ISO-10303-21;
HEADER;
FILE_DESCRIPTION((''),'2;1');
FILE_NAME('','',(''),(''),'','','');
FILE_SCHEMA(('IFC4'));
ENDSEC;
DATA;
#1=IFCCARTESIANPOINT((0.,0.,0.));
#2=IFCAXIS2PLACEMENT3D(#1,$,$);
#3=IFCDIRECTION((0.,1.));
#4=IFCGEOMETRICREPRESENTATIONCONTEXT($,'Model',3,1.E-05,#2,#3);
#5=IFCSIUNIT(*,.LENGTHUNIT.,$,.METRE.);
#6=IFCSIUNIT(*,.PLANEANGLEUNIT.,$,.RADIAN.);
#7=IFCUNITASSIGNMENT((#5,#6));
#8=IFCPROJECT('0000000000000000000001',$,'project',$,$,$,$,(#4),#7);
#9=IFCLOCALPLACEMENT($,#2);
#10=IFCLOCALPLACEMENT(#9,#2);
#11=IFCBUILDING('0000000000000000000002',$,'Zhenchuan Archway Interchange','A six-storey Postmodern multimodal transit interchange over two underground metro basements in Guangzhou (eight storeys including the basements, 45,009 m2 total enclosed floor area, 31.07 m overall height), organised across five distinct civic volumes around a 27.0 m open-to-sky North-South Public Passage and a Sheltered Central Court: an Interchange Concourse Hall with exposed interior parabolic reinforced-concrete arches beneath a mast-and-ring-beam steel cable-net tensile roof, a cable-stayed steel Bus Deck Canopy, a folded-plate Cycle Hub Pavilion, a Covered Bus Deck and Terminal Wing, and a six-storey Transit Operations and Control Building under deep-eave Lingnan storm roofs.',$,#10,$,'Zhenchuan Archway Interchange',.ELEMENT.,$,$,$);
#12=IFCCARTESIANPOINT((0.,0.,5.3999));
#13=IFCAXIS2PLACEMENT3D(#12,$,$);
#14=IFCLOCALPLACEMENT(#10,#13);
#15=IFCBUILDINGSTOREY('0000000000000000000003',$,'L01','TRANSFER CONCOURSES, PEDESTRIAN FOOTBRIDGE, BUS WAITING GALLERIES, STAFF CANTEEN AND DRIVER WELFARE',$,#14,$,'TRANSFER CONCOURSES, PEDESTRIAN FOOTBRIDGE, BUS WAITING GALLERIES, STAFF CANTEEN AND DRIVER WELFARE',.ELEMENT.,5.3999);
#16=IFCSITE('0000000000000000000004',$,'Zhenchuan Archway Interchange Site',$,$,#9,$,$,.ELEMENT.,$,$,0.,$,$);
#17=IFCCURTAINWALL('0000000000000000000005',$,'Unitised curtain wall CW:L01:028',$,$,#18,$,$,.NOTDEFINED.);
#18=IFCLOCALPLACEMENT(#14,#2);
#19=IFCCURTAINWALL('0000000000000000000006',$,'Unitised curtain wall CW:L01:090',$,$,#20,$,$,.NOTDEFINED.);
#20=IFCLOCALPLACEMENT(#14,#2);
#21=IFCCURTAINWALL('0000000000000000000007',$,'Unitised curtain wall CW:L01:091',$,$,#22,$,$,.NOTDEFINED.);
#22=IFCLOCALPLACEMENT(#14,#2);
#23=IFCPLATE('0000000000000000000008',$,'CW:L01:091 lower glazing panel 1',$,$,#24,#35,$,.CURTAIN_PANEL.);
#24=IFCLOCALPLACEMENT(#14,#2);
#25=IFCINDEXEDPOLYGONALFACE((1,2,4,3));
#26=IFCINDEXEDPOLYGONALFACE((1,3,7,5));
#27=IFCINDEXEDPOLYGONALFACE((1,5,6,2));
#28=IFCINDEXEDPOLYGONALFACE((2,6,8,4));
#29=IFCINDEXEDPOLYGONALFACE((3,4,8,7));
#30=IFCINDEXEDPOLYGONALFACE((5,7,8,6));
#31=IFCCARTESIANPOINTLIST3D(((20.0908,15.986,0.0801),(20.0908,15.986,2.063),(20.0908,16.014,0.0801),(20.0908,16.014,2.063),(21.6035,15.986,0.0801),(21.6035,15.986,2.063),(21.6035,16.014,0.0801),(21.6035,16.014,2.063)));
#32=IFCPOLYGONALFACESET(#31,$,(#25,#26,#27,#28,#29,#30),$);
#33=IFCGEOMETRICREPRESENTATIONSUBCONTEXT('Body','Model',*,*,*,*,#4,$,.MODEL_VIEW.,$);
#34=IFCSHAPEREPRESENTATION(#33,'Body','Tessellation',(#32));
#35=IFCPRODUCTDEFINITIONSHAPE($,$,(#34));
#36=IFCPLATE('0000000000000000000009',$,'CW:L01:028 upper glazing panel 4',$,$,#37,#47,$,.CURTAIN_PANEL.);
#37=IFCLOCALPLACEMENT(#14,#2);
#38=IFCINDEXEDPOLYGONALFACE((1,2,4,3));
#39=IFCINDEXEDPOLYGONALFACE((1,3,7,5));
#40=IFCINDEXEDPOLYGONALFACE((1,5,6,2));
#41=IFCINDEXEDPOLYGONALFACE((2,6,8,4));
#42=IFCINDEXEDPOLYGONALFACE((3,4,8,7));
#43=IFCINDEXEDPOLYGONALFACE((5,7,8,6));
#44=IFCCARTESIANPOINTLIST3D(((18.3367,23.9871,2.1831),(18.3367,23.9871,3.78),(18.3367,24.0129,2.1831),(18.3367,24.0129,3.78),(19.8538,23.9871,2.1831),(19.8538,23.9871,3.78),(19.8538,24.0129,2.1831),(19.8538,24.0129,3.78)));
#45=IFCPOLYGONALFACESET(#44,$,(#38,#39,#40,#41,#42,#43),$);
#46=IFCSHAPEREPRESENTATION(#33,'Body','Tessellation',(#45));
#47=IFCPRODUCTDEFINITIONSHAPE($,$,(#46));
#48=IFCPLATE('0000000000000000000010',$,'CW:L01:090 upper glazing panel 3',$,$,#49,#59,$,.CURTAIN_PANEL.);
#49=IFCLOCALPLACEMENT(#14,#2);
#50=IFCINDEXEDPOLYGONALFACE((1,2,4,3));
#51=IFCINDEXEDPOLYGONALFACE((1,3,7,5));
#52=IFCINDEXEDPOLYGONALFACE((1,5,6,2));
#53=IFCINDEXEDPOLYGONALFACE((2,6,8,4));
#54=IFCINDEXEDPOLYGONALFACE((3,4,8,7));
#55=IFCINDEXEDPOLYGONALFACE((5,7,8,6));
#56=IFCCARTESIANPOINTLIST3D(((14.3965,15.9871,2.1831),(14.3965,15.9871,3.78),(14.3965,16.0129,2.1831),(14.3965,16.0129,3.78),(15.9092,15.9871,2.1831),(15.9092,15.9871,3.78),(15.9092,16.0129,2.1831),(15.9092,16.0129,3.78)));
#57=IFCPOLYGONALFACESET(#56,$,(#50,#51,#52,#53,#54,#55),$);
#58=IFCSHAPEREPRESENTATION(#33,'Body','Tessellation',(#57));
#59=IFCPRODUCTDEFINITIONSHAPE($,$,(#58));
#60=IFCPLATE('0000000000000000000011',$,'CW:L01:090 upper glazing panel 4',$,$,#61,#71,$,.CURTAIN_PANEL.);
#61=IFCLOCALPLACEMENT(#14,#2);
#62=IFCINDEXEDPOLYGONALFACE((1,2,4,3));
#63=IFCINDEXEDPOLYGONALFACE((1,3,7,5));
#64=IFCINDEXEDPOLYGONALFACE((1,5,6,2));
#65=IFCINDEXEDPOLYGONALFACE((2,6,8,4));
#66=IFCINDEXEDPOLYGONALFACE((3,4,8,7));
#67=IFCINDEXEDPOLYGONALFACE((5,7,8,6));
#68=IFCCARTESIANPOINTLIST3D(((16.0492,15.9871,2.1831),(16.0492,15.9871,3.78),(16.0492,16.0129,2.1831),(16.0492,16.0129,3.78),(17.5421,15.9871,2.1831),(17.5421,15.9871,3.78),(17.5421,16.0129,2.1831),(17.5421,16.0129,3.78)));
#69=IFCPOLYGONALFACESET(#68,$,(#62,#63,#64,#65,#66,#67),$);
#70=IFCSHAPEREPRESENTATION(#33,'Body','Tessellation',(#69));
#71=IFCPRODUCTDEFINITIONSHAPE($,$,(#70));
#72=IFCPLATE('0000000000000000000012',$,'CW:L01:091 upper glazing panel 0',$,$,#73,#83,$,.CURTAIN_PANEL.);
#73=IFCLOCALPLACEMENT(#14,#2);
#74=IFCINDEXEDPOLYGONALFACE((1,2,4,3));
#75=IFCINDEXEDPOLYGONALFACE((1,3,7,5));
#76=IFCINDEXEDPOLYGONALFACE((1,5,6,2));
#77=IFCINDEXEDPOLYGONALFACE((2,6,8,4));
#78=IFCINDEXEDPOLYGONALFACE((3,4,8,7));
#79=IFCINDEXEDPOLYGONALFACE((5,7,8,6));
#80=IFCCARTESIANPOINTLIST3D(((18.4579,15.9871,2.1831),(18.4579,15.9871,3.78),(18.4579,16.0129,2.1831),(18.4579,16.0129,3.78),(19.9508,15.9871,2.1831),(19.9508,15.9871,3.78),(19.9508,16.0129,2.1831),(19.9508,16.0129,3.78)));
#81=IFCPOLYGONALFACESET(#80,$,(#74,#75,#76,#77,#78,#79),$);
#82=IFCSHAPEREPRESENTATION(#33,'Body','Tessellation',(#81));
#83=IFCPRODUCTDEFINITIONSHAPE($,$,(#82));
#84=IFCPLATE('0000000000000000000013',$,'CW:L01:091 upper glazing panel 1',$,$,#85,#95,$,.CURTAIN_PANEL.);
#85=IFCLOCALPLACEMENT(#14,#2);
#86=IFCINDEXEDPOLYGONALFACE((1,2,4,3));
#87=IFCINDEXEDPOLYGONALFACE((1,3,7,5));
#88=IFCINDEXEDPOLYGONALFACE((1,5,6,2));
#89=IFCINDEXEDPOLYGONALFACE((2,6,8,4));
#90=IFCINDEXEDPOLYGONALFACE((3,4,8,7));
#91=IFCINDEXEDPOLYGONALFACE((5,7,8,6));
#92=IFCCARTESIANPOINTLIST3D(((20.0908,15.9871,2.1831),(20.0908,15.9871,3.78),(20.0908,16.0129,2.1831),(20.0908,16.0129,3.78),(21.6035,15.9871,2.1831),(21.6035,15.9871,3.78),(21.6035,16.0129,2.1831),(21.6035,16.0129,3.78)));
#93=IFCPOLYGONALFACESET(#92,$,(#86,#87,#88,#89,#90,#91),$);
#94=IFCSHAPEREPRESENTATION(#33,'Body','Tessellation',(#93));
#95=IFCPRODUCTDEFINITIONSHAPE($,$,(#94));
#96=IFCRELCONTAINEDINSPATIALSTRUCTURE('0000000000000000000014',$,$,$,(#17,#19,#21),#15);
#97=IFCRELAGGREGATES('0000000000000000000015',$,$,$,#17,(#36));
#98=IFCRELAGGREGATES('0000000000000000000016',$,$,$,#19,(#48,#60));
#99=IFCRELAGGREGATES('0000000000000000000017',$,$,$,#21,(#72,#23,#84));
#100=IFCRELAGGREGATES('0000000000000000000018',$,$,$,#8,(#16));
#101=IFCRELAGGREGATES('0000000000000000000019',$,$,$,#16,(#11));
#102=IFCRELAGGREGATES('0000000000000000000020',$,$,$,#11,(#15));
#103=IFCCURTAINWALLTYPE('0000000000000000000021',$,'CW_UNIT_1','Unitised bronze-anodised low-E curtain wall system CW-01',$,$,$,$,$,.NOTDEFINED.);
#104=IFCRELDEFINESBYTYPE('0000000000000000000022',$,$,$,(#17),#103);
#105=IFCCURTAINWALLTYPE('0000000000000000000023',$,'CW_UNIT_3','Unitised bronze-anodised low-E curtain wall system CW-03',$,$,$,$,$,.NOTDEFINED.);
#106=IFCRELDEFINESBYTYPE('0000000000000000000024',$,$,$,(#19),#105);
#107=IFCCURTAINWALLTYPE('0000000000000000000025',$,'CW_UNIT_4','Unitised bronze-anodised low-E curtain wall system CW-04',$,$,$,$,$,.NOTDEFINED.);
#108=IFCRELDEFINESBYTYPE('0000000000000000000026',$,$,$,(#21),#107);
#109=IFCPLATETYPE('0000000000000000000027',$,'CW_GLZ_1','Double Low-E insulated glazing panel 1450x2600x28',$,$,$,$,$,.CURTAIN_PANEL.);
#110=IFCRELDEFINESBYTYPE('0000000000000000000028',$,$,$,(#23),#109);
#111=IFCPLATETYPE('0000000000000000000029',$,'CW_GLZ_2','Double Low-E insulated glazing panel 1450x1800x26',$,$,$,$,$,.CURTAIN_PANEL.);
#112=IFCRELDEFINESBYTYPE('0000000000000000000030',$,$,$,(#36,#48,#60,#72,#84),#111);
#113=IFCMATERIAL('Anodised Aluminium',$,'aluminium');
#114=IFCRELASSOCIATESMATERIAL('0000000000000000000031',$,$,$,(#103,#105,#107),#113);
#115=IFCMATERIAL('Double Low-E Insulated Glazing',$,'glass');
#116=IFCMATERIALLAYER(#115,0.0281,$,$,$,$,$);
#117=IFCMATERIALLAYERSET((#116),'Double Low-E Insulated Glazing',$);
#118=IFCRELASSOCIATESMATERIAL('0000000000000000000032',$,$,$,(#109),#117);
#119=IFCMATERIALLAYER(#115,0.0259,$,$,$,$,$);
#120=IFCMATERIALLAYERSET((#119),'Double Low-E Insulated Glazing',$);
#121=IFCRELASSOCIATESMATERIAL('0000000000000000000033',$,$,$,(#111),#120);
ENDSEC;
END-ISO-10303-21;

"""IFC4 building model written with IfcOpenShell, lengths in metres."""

from ifc_helpers import new_model, si_unit, direction, frame, origin, origin_2d, place, context, subcontext, project, spatial, rectangle, extrude, material, layer, layer_set, type_object, element, aggregate, save


model = new_model("IFC4")

# Units and contexts
model_context = context("Model", 3, precision=1e-05, world=origin(), true_north=direction((0.0, 1.0)))
body_context = subcontext(model_context, "Body", "Model", "MODEL_VIEW")
ifc_project = project(units=[si_unit("LENGTHUNIT", "METRE"), si_unit("PLANEANGLEUNIT", "RADIAN")], contexts=[model_context])

# Site, building, storey
site_placement = place(None, origin())
site = spatial("IfcSite", under=ifc_project, at=site_placement, Name="Zhenchuan Archway Interchange Site", CompositionType="ELEMENT", RefElevation=0.0)
building_placement = place(site_placement, origin())
building = spatial("IfcBuilding", under=site, at=building_placement, Name="Zhenchuan Archway Interchange", Description="A six-storey Postmodern multimodal transit interchange over two underground metro basements in Guangzhou (eight storeys including the basements, 45,009 m2 total enclosed floor area, 31.07 m overall height), organised across five distinct civic volumes around a 27.0 m open-to-sky North-South Public Passage and a Sheltered Central Court: an Interchange Concourse Hall with exposed interior parabolic reinforced-concrete arches beneath a mast-and-ring-beam steel cable-net tensile roof, a cable-stayed steel Bus Deck Canopy, a folded-plate Cycle Hub Pavilion, a Covered Bus Deck and Terminal Wing, and a six-storey Transit Operations and Control Building under deep-eave Lingnan storm roofs.", LongName="Zhenchuan Archway Interchange", CompositionType="ELEMENT")
storey_placement = place(building_placement, frame((0.0, 0.0, 5.3999)))
storey = spatial("IfcBuildingStorey", under=building, at=storey_placement, Name="L01", Description="TRANSFER CONCOURSES, PEDESTRIAN FOOTBRIDGE, BUS WAITING GALLERIES, STAFF CANTEEN AND DRIVER WELFARE", LongName="TRANSFER CONCOURSES, PEDESTRIAN FOOTBRIDGE, BUS WAITING GALLERIES, STAFF CANTEEN AND DRIVER WELFARE", CompositionType="ELEMENT", Elevation=5.3999)

# Curtain wall
ifc_material_1 = material(Name="Anodised Aluminium", Category="aluminium")
curtain_wall_type_1 = type_object("IfcCurtainWallType", Name="CW_UNIT_1", Description="Unitised bronze-anodised low-E curtain wall system CW-01", PredefinedType="NOTDEFINED", material=ifc_material_1)
curtain_wall_1_placement = place(storey_placement, origin())
curtain_wall_1 = element("IfcCurtainWall", 1, at=curtain_wall_1_placement, inside=storey, type_object=curtain_wall_type_1, Name="Unitised curtain wall CW:L01:028", PredefinedType="NOTDEFINED")

# Curtain walls
curtain_wall_type_2 = type_object("IfcCurtainWallType", Name="CW_UNIT_3", Description="Unitised bronze-anodised low-E curtain wall system CW-03", PredefinedType="NOTDEFINED", material=ifc_material_1)
curtain_wall_2_placement = place(storey_placement, origin())
curtain_wall_2 = element("IfcCurtainWall", 2, at=curtain_wall_2_placement, inside=storey, type_object=curtain_wall_type_2, Name="Unitised curtain wall CW:L01:090", PredefinedType="NOTDEFINED")
curtain_wall_type_3 = type_object("IfcCurtainWallType", Name="CW_UNIT_4", Description="Unitised bronze-anodised low-E curtain wall system CW-04", PredefinedType="NOTDEFINED", material=ifc_material_1)
curtain_wall_3_placement = place(storey_placement, origin())
curtain_wall_3 = element("IfcCurtainWall", 3, at=curtain_wall_3_placement, inside=storey, type_object=curtain_wall_type_3, Name="Unitised curtain wall CW:L01:091", PredefinedType="NOTDEFINED")

# Plates
ifc_material_2 = material(Name="Double Low-E Insulated Glazing", Category="glass")
ifc_layer_1 = layer(ifc_material_2, 0.0281)
ifc_layer_set_1 = layer_set([ifc_layer_1], Name="Double Low-E Insulated Glazing")
plate_type_1 = type_object("IfcPlateType", Name="CW_GLZ_1", Description="Double Low-E insulated glazing panel 1450x2600x28", PredefinedType="CURTAIN_PANEL", material=ifc_layer_set_1)
plate_1_placement = place(storey_placement, frame((20.8472, 16.0, 0.0801), z_axis=(0.0, 0.0, 1.0), x_axis=(1.0, 0.0, 0.0)))
plate_1 = element("IfcPlate", 4, at=plate_1_placement, type_object=plate_type_1, Name="CW:L01:091 lower glazing panel 1", PredefinedType="CURTAIN_PANEL", context=body_context, shape_type="SweptSolid", body=[
    extrude(rectangle(XDim=1.5127, YDim=0.0281, at=origin_2d()), origin(), (0.0, 0.0, 1.0), 1.9829),
])
ifc_layer_2 = layer(ifc_material_2, 0.0259)
ifc_layer_set_2 = layer_set([ifc_layer_2], Name="Double Low-E Insulated Glazing")
plate_type_2 = type_object("IfcPlateType", Name="CW_GLZ_2", Description="Double Low-E insulated glazing panel 1450x1800x26", PredefinedType="CURTAIN_PANEL", material=ifc_layer_set_2)
plate_2_placement = place(storey_placement, frame((19.0952, 24.0, 2.1831), z_axis=(0.0, 0.0, 1.0), x_axis=(-1.0, 0.0, 0.0)))
plate_2 = element("IfcPlate", 5, at=plate_2_placement, type_object=plate_type_2, Name="CW:L01:028 upper glazing panel 4", PredefinedType="CURTAIN_PANEL", context=body_context, shape_type="SweptSolid", body=[
    extrude(rectangle(XDim=1.5171, YDim=0.0259, at=origin_2d()), origin(), (0.0, 0.0, 1.0), 1.5969),
])
aggregate(curtain_wall_1, [plate_2])
plate_3_placement = place(storey_placement, frame((15.1528, 16.0, 2.1831), z_axis=(0.0, 0.0, 1.0), x_axis=(1.0, 0.0, 0.0)))
plate_3 = element("IfcPlate", 6, at=plate_3_placement, type_object=plate_type_2, Name="CW:L01:090 upper glazing panel 3", PredefinedType="CURTAIN_PANEL", context=body_context, shape_type="SweptSolid", body=[
    extrude(rectangle(XDim=1.5127, YDim=0.0259, at=origin_2d()), origin(), (0.0, 0.0, 1.0), 1.5969),
])
plate_4_placement = place(storey_placement, frame((16.7957, 16.0, 2.1831), z_axis=(0.0, 0.0, 1.0), x_axis=(1.0, 0.0, 0.0)))
plate_4 = element("IfcPlate", 7, at=plate_4_placement, type_object=plate_type_2, Name="CW:L01:090 upper glazing panel 4", PredefinedType="CURTAIN_PANEL", context=body_context, shape_type="SweptSolid", body=[
    extrude(rectangle(XDim=1.4929, YDim=0.0259, at=origin_2d()), origin(), (0.0, 0.0, 1.0), 1.5969),
])
aggregate(curtain_wall_2, [plate_3, plate_4])
plate_5_placement = place(storey_placement, frame((19.2043, 16.0, 2.1831), z_axis=(0.0, 0.0, 1.0), x_axis=(1.0, 0.0, 0.0)))
plate_5 = element("IfcPlate", 8, at=plate_5_placement, type_object=plate_type_2, Name="CW:L01:091 upper glazing panel 0", PredefinedType="CURTAIN_PANEL", context=body_context, shape_type="SweptSolid", body=[
    extrude(rectangle(XDim=1.4929, YDim=0.0259, at=origin_2d()), origin(), (0.0, 0.0, 1.0), 1.5969),
])
plate_6_placement = place(storey_placement, frame((20.8472, 16.0, 2.1831), z_axis=(0.0, 0.0, 1.0), x_axis=(1.0, 0.0, 0.0)))
plate_6 = element("IfcPlate", 9, at=plate_6_placement, type_object=plate_type_2, Name="CW:L01:091 upper glazing panel 1", PredefinedType="CURTAIN_PANEL", context=body_context, shape_type="SweptSolid", body=[
    extrude(rectangle(XDim=1.5127, YDim=0.0259, at=origin_2d()), origin(), (0.0, 0.0, 1.0), 1.5969),
])
aggregate(curtain_wall_3, [plate_5, plate_1, plate_6])

save(model, "model.ifc")
